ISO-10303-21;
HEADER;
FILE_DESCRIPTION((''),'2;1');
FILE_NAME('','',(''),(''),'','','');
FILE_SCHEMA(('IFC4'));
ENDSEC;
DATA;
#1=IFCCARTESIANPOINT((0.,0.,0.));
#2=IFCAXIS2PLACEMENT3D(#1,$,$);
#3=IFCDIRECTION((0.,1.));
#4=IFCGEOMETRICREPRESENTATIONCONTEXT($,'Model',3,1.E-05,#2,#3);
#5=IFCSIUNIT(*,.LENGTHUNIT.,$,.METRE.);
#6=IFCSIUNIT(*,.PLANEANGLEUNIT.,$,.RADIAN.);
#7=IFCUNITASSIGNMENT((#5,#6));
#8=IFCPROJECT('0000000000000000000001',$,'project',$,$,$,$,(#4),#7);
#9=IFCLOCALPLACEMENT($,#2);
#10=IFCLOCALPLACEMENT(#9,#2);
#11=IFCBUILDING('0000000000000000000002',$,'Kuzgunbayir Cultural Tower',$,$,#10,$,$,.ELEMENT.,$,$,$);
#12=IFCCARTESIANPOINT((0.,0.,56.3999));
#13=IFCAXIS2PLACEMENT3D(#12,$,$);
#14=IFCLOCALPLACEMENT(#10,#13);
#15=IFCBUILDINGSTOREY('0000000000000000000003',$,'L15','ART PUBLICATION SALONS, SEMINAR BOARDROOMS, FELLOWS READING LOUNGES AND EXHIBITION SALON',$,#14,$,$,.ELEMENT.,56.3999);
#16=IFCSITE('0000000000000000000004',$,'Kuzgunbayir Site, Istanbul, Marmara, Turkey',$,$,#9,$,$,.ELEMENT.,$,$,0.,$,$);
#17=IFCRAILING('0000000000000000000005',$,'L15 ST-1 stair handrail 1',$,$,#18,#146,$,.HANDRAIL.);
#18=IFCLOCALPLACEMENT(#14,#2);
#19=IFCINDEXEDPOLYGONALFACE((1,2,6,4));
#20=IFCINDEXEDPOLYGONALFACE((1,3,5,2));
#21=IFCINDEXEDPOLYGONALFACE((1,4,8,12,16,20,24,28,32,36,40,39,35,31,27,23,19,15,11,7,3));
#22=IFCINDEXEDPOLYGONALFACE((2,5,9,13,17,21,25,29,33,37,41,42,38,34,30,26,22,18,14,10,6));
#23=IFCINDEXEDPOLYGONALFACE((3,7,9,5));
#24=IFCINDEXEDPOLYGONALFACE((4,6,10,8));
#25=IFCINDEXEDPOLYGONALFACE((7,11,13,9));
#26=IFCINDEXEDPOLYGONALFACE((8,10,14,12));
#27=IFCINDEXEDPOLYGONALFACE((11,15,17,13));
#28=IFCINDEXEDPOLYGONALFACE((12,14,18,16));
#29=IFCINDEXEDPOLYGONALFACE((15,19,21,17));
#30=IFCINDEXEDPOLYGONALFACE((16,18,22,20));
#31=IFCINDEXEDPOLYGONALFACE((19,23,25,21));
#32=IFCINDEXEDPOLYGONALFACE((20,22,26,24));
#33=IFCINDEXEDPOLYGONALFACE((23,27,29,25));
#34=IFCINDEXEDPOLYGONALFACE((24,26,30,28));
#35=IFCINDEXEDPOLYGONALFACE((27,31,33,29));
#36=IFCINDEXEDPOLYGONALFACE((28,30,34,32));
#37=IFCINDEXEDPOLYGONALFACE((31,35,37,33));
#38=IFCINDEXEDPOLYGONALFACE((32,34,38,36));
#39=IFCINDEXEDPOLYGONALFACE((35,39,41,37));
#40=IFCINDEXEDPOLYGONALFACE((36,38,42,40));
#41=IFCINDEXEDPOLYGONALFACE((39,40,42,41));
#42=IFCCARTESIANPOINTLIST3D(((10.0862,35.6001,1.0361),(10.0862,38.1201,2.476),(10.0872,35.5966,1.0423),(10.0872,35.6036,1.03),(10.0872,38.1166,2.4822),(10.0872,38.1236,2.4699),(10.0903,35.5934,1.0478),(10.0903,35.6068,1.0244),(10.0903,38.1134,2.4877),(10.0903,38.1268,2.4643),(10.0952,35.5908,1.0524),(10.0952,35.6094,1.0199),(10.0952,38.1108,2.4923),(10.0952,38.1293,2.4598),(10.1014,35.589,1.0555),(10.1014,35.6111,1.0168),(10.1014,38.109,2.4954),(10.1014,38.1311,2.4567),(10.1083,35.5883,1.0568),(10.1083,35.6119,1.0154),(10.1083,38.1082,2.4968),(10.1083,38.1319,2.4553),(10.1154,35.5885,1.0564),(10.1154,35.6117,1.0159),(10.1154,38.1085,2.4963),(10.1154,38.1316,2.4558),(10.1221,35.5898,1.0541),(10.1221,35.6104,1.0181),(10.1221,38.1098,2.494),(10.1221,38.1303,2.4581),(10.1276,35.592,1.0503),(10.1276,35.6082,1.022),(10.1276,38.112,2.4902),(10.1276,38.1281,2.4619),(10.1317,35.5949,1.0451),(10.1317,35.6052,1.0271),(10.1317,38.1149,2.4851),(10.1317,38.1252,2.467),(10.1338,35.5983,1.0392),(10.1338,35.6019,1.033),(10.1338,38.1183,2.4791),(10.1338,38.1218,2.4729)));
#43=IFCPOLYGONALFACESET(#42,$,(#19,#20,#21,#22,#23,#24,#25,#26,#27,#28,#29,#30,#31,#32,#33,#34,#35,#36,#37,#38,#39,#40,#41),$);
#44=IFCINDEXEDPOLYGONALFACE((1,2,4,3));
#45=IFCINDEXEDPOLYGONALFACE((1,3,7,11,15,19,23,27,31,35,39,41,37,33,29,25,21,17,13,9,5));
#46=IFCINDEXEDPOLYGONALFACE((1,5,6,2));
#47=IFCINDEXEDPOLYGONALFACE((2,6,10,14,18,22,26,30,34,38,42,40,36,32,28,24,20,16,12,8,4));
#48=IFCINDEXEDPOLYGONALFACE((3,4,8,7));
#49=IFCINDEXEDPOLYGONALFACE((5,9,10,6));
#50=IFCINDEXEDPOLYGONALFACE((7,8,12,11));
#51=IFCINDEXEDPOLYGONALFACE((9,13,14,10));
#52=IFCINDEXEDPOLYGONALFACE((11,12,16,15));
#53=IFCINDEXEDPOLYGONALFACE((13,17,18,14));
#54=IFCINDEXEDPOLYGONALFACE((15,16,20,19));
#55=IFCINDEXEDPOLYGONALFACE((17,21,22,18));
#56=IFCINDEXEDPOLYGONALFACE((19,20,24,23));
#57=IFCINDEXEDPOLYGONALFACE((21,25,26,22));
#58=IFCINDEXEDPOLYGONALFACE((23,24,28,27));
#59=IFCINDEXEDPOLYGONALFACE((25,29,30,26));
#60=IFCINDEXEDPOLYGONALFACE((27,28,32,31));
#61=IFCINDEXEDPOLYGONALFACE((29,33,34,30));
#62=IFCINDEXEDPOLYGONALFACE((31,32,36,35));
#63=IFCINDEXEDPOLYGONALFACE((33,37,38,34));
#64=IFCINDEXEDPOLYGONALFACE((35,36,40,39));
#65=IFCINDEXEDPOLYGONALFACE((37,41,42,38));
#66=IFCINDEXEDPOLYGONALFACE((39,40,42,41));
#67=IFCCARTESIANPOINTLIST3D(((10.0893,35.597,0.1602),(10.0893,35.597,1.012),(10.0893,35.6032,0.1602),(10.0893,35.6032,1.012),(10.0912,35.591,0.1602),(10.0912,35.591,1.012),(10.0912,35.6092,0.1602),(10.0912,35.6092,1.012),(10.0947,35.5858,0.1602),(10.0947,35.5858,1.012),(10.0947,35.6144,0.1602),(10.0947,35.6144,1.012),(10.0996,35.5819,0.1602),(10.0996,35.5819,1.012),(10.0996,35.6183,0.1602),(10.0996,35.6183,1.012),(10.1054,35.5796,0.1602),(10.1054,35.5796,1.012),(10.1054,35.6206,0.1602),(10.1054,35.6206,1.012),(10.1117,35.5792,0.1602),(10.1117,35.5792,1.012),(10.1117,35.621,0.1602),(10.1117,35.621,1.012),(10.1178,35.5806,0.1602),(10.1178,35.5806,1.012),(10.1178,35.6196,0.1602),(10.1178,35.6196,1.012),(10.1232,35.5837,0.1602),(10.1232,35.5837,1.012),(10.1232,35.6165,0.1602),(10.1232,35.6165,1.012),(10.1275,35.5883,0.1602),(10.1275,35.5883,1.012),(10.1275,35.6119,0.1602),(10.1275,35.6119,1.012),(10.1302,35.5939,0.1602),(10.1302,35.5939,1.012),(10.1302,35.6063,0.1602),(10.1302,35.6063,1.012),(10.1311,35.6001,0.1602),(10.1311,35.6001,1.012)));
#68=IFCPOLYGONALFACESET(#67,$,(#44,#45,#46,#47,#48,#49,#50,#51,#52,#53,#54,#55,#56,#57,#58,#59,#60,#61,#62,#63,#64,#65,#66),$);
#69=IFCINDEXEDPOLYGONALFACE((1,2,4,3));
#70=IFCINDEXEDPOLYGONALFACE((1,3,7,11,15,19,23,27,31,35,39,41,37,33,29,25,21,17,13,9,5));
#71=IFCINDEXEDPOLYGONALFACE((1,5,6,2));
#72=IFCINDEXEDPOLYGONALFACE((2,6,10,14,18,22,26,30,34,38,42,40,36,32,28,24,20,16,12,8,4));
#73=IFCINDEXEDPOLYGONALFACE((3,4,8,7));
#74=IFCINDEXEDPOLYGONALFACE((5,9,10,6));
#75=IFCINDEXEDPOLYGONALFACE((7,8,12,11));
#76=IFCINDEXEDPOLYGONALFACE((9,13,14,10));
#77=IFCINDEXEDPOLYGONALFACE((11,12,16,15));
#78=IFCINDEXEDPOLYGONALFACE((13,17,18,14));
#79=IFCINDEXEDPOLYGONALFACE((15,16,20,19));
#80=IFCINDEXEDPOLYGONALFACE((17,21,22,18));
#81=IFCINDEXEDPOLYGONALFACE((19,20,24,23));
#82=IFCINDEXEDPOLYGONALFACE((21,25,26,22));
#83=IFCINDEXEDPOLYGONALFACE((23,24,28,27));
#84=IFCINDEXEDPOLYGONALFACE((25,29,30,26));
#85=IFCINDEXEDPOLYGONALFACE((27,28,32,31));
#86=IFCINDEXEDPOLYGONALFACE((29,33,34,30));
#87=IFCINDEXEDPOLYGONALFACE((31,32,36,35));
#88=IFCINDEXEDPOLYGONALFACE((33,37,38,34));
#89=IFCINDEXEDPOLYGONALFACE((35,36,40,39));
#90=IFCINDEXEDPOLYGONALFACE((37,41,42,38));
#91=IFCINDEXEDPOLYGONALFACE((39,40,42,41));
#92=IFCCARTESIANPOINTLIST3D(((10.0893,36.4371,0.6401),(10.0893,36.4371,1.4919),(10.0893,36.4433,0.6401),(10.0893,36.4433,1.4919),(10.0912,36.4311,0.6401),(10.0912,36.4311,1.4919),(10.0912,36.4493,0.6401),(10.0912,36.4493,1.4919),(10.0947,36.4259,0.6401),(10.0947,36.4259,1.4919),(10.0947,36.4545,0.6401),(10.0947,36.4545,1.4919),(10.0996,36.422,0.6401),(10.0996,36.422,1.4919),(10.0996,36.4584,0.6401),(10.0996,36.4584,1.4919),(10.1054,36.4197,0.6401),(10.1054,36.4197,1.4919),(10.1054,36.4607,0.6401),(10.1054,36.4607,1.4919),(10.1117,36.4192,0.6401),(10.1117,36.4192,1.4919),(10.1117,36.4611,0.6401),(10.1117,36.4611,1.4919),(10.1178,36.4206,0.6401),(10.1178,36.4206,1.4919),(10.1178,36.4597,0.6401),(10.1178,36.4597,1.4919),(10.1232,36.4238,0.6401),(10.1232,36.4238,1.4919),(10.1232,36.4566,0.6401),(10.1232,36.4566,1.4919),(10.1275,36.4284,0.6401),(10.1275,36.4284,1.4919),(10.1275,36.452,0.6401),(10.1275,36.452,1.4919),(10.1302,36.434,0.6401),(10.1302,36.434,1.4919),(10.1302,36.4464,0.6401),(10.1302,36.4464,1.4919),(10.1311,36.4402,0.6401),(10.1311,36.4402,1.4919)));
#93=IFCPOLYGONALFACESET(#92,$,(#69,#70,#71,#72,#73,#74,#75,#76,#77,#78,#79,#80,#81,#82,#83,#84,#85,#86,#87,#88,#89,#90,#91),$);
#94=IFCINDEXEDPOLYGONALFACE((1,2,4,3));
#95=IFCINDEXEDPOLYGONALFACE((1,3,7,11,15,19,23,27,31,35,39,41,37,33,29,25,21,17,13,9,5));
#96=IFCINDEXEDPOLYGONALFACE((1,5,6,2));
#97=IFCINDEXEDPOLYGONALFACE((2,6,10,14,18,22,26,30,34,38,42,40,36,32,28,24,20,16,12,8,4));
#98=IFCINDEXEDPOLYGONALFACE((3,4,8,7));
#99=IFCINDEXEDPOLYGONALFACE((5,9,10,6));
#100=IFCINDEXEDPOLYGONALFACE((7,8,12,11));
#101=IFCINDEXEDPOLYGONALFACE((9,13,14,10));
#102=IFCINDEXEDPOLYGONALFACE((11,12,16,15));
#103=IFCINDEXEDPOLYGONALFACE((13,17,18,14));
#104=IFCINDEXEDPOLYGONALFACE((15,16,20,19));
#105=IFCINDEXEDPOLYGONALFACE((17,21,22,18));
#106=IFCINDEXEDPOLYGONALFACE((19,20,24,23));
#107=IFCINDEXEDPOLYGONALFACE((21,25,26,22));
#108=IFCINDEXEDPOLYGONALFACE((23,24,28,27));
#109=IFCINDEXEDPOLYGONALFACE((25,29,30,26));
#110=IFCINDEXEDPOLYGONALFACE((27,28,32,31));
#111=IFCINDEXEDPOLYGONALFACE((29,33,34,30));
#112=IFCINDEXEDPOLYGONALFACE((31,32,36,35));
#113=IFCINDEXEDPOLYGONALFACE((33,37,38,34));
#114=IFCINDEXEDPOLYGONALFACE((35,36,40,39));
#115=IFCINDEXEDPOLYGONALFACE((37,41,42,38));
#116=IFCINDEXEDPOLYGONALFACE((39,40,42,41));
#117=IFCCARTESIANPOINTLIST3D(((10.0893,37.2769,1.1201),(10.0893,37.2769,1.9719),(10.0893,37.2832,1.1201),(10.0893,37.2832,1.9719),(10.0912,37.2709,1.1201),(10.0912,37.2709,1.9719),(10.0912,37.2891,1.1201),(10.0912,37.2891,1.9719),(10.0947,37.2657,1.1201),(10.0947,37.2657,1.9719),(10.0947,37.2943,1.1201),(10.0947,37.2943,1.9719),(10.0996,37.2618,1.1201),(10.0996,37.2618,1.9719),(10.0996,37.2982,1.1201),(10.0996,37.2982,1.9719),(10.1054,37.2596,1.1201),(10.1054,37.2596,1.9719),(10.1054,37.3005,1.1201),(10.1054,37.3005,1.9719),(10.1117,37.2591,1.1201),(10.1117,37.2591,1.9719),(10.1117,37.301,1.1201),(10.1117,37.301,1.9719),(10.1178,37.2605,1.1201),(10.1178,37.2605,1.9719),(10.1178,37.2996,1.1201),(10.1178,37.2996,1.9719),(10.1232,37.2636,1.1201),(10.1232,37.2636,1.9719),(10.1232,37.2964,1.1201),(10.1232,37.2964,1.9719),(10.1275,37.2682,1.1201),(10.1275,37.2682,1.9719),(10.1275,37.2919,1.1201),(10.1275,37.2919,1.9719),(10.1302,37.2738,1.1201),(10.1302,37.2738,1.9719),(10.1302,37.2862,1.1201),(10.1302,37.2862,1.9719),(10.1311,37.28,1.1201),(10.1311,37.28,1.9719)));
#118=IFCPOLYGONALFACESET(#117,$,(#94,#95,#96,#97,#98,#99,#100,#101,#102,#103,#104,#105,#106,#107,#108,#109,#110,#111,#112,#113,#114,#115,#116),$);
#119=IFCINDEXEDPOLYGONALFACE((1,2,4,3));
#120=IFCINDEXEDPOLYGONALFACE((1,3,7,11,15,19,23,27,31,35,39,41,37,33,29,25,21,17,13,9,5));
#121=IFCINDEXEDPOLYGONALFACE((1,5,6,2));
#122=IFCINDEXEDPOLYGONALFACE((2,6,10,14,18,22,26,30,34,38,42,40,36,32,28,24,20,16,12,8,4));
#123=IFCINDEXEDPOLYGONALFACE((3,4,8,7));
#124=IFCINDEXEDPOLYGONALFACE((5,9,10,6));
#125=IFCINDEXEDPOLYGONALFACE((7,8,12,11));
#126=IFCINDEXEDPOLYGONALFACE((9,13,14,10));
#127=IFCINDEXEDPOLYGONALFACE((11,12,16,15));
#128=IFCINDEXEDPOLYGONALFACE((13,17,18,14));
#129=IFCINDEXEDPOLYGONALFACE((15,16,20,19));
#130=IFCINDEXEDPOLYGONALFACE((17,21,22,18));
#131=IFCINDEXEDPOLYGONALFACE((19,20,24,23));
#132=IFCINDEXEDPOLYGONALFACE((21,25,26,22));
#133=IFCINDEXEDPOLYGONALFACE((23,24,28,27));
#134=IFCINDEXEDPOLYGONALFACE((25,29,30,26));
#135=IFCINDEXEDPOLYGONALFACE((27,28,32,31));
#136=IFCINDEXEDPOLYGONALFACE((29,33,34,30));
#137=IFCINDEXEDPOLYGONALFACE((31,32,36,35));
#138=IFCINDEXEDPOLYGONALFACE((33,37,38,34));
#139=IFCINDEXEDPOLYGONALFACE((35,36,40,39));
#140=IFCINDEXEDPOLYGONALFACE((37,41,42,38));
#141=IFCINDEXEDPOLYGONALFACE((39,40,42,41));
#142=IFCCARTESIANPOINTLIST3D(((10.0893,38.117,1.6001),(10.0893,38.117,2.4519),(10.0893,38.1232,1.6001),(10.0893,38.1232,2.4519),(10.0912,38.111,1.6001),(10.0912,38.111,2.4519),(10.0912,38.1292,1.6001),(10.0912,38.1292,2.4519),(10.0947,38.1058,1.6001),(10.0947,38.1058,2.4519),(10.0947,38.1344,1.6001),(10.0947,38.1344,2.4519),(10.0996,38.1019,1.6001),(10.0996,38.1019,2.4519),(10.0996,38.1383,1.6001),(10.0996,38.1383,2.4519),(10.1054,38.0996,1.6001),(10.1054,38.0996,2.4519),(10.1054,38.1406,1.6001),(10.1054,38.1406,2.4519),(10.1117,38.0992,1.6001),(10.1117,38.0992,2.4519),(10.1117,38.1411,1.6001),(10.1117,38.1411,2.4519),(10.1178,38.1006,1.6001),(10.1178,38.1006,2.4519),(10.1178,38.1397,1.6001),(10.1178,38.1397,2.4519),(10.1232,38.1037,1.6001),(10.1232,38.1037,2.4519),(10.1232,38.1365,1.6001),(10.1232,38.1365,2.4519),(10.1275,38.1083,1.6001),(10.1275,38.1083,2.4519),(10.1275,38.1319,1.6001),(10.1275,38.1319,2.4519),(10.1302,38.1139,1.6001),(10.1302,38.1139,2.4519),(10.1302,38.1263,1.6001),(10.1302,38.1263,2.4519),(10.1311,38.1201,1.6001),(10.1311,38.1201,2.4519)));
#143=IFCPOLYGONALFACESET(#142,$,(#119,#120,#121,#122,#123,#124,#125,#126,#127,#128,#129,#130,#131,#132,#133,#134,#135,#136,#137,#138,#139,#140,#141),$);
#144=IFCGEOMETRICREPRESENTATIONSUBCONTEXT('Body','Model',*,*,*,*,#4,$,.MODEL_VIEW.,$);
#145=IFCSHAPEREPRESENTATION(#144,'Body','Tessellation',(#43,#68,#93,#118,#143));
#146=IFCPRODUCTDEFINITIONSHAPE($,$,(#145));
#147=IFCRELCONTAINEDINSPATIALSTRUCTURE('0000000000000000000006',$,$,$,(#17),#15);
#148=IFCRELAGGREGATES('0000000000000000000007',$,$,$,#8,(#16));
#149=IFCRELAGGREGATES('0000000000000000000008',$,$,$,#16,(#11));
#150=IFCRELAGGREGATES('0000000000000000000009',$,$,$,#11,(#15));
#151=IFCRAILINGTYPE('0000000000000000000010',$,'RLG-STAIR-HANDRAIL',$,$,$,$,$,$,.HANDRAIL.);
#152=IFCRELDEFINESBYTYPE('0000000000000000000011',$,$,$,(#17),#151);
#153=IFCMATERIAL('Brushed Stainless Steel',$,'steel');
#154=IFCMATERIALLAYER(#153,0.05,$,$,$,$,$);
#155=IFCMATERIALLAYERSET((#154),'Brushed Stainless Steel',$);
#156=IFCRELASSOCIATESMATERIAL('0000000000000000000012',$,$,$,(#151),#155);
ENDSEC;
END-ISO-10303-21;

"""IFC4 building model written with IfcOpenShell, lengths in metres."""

from ifc_helpers import new_model, si_unit, direction, frame, origin, origin_2d, place, context, subcontext, project, spatial, circle, extrude, material, layer, layer_set, type_object, element, save


model = new_model("IFC4")

# Units and contexts
model_context = context("Model", 3, precision=1e-05, world=origin(), true_north=direction((0.0, 1.0)))
body_context = subcontext(model_context, "Body", "Model", "MODEL_VIEW")
ifc_project = project(units=[si_unit("LENGTHUNIT", "METRE"), si_unit("PLANEANGLEUNIT", "RADIAN")], contexts=[model_context])

# Site, building, storey
site_placement = place(None, origin())
site = spatial("IfcSite", under=ifc_project, at=site_placement, Name="Kuzgunbayir Site, Istanbul, Marmara, Turkey", CompositionType="ELEMENT", RefElevation=0.0)
building_placement = place(site_placement, origin())
building = spatial("IfcBuilding", under=site, at=building_placement, Name="Kuzgunbayir Cultural Tower", CompositionType="ELEMENT")
storey_placement = place(building_placement, frame((0.0, 0.0, 56.3999)))
storey = spatial("IfcBuildingStorey", under=building, at=storey_placement, Name="L15", Description="ART PUBLICATION SALONS, SEMINAR BOARDROOMS, FELLOWS READING LOUNGES AND EXHIBITION SALON", CompositionType="ELEMENT", Elevation=56.3999)

# Shared definitions
ifc_material_1 = material(Name="Brushed Stainless Steel", Category="steel")

# Railing
ifc_layer_1 = layer(ifc_material_1, 0.05)
ifc_layer_set_1 = layer_set([ifc_layer_1], Name="Brushed Stainless Steel")
railing_type_1 = type_object("IfcRailingType", Name="RLG-STAIR-HANDRAIL", PredefinedType="HANDRAIL", material=ifc_layer_set_1)
railing_1_placement = place(storey_placement, frame((10.1101, 35.6001, 0.1602)))
element("IfcRailing", 1, at=railing_1_placement, inside=storey, type_object=railing_type_1, Name="L15 ST-1 stair handrail 1", PredefinedType="HANDRAIL", context=body_context, shape_type="SweptSolid", body=[
    extrude(circle(Radius=0.0239, at=origin_2d()), frame((0.0, 0.0, 0.876), z_axis=(0.0, 0.868253, 0.496121), x_axis=(-1.0, 0.0, 0.0)), (0.0, 0.0, 1.0), 2.9023),
    extrude(circle(Radius=0.021, at=origin_2d()), origin(), (0.0, 0.0, 1.0), 0.8518),
    extrude(circle(Radius=0.021, at=origin_2d()), frame((0.0, 0.8401, 0.48)), (0.0, 0.0, 1.0), 0.8518),
    extrude(circle(Radius=0.021, at=origin_2d()), frame((0.0, 1.6799, 0.96)), (0.0, 0.0, 1.0), 0.8518),
    extrude(circle(Radius=0.021, at=origin_2d()), frame((0.0, 2.52, 1.4399)), (0.0, 0.0, 1.0), 0.8518),
])

save(model, "model.ifc")
